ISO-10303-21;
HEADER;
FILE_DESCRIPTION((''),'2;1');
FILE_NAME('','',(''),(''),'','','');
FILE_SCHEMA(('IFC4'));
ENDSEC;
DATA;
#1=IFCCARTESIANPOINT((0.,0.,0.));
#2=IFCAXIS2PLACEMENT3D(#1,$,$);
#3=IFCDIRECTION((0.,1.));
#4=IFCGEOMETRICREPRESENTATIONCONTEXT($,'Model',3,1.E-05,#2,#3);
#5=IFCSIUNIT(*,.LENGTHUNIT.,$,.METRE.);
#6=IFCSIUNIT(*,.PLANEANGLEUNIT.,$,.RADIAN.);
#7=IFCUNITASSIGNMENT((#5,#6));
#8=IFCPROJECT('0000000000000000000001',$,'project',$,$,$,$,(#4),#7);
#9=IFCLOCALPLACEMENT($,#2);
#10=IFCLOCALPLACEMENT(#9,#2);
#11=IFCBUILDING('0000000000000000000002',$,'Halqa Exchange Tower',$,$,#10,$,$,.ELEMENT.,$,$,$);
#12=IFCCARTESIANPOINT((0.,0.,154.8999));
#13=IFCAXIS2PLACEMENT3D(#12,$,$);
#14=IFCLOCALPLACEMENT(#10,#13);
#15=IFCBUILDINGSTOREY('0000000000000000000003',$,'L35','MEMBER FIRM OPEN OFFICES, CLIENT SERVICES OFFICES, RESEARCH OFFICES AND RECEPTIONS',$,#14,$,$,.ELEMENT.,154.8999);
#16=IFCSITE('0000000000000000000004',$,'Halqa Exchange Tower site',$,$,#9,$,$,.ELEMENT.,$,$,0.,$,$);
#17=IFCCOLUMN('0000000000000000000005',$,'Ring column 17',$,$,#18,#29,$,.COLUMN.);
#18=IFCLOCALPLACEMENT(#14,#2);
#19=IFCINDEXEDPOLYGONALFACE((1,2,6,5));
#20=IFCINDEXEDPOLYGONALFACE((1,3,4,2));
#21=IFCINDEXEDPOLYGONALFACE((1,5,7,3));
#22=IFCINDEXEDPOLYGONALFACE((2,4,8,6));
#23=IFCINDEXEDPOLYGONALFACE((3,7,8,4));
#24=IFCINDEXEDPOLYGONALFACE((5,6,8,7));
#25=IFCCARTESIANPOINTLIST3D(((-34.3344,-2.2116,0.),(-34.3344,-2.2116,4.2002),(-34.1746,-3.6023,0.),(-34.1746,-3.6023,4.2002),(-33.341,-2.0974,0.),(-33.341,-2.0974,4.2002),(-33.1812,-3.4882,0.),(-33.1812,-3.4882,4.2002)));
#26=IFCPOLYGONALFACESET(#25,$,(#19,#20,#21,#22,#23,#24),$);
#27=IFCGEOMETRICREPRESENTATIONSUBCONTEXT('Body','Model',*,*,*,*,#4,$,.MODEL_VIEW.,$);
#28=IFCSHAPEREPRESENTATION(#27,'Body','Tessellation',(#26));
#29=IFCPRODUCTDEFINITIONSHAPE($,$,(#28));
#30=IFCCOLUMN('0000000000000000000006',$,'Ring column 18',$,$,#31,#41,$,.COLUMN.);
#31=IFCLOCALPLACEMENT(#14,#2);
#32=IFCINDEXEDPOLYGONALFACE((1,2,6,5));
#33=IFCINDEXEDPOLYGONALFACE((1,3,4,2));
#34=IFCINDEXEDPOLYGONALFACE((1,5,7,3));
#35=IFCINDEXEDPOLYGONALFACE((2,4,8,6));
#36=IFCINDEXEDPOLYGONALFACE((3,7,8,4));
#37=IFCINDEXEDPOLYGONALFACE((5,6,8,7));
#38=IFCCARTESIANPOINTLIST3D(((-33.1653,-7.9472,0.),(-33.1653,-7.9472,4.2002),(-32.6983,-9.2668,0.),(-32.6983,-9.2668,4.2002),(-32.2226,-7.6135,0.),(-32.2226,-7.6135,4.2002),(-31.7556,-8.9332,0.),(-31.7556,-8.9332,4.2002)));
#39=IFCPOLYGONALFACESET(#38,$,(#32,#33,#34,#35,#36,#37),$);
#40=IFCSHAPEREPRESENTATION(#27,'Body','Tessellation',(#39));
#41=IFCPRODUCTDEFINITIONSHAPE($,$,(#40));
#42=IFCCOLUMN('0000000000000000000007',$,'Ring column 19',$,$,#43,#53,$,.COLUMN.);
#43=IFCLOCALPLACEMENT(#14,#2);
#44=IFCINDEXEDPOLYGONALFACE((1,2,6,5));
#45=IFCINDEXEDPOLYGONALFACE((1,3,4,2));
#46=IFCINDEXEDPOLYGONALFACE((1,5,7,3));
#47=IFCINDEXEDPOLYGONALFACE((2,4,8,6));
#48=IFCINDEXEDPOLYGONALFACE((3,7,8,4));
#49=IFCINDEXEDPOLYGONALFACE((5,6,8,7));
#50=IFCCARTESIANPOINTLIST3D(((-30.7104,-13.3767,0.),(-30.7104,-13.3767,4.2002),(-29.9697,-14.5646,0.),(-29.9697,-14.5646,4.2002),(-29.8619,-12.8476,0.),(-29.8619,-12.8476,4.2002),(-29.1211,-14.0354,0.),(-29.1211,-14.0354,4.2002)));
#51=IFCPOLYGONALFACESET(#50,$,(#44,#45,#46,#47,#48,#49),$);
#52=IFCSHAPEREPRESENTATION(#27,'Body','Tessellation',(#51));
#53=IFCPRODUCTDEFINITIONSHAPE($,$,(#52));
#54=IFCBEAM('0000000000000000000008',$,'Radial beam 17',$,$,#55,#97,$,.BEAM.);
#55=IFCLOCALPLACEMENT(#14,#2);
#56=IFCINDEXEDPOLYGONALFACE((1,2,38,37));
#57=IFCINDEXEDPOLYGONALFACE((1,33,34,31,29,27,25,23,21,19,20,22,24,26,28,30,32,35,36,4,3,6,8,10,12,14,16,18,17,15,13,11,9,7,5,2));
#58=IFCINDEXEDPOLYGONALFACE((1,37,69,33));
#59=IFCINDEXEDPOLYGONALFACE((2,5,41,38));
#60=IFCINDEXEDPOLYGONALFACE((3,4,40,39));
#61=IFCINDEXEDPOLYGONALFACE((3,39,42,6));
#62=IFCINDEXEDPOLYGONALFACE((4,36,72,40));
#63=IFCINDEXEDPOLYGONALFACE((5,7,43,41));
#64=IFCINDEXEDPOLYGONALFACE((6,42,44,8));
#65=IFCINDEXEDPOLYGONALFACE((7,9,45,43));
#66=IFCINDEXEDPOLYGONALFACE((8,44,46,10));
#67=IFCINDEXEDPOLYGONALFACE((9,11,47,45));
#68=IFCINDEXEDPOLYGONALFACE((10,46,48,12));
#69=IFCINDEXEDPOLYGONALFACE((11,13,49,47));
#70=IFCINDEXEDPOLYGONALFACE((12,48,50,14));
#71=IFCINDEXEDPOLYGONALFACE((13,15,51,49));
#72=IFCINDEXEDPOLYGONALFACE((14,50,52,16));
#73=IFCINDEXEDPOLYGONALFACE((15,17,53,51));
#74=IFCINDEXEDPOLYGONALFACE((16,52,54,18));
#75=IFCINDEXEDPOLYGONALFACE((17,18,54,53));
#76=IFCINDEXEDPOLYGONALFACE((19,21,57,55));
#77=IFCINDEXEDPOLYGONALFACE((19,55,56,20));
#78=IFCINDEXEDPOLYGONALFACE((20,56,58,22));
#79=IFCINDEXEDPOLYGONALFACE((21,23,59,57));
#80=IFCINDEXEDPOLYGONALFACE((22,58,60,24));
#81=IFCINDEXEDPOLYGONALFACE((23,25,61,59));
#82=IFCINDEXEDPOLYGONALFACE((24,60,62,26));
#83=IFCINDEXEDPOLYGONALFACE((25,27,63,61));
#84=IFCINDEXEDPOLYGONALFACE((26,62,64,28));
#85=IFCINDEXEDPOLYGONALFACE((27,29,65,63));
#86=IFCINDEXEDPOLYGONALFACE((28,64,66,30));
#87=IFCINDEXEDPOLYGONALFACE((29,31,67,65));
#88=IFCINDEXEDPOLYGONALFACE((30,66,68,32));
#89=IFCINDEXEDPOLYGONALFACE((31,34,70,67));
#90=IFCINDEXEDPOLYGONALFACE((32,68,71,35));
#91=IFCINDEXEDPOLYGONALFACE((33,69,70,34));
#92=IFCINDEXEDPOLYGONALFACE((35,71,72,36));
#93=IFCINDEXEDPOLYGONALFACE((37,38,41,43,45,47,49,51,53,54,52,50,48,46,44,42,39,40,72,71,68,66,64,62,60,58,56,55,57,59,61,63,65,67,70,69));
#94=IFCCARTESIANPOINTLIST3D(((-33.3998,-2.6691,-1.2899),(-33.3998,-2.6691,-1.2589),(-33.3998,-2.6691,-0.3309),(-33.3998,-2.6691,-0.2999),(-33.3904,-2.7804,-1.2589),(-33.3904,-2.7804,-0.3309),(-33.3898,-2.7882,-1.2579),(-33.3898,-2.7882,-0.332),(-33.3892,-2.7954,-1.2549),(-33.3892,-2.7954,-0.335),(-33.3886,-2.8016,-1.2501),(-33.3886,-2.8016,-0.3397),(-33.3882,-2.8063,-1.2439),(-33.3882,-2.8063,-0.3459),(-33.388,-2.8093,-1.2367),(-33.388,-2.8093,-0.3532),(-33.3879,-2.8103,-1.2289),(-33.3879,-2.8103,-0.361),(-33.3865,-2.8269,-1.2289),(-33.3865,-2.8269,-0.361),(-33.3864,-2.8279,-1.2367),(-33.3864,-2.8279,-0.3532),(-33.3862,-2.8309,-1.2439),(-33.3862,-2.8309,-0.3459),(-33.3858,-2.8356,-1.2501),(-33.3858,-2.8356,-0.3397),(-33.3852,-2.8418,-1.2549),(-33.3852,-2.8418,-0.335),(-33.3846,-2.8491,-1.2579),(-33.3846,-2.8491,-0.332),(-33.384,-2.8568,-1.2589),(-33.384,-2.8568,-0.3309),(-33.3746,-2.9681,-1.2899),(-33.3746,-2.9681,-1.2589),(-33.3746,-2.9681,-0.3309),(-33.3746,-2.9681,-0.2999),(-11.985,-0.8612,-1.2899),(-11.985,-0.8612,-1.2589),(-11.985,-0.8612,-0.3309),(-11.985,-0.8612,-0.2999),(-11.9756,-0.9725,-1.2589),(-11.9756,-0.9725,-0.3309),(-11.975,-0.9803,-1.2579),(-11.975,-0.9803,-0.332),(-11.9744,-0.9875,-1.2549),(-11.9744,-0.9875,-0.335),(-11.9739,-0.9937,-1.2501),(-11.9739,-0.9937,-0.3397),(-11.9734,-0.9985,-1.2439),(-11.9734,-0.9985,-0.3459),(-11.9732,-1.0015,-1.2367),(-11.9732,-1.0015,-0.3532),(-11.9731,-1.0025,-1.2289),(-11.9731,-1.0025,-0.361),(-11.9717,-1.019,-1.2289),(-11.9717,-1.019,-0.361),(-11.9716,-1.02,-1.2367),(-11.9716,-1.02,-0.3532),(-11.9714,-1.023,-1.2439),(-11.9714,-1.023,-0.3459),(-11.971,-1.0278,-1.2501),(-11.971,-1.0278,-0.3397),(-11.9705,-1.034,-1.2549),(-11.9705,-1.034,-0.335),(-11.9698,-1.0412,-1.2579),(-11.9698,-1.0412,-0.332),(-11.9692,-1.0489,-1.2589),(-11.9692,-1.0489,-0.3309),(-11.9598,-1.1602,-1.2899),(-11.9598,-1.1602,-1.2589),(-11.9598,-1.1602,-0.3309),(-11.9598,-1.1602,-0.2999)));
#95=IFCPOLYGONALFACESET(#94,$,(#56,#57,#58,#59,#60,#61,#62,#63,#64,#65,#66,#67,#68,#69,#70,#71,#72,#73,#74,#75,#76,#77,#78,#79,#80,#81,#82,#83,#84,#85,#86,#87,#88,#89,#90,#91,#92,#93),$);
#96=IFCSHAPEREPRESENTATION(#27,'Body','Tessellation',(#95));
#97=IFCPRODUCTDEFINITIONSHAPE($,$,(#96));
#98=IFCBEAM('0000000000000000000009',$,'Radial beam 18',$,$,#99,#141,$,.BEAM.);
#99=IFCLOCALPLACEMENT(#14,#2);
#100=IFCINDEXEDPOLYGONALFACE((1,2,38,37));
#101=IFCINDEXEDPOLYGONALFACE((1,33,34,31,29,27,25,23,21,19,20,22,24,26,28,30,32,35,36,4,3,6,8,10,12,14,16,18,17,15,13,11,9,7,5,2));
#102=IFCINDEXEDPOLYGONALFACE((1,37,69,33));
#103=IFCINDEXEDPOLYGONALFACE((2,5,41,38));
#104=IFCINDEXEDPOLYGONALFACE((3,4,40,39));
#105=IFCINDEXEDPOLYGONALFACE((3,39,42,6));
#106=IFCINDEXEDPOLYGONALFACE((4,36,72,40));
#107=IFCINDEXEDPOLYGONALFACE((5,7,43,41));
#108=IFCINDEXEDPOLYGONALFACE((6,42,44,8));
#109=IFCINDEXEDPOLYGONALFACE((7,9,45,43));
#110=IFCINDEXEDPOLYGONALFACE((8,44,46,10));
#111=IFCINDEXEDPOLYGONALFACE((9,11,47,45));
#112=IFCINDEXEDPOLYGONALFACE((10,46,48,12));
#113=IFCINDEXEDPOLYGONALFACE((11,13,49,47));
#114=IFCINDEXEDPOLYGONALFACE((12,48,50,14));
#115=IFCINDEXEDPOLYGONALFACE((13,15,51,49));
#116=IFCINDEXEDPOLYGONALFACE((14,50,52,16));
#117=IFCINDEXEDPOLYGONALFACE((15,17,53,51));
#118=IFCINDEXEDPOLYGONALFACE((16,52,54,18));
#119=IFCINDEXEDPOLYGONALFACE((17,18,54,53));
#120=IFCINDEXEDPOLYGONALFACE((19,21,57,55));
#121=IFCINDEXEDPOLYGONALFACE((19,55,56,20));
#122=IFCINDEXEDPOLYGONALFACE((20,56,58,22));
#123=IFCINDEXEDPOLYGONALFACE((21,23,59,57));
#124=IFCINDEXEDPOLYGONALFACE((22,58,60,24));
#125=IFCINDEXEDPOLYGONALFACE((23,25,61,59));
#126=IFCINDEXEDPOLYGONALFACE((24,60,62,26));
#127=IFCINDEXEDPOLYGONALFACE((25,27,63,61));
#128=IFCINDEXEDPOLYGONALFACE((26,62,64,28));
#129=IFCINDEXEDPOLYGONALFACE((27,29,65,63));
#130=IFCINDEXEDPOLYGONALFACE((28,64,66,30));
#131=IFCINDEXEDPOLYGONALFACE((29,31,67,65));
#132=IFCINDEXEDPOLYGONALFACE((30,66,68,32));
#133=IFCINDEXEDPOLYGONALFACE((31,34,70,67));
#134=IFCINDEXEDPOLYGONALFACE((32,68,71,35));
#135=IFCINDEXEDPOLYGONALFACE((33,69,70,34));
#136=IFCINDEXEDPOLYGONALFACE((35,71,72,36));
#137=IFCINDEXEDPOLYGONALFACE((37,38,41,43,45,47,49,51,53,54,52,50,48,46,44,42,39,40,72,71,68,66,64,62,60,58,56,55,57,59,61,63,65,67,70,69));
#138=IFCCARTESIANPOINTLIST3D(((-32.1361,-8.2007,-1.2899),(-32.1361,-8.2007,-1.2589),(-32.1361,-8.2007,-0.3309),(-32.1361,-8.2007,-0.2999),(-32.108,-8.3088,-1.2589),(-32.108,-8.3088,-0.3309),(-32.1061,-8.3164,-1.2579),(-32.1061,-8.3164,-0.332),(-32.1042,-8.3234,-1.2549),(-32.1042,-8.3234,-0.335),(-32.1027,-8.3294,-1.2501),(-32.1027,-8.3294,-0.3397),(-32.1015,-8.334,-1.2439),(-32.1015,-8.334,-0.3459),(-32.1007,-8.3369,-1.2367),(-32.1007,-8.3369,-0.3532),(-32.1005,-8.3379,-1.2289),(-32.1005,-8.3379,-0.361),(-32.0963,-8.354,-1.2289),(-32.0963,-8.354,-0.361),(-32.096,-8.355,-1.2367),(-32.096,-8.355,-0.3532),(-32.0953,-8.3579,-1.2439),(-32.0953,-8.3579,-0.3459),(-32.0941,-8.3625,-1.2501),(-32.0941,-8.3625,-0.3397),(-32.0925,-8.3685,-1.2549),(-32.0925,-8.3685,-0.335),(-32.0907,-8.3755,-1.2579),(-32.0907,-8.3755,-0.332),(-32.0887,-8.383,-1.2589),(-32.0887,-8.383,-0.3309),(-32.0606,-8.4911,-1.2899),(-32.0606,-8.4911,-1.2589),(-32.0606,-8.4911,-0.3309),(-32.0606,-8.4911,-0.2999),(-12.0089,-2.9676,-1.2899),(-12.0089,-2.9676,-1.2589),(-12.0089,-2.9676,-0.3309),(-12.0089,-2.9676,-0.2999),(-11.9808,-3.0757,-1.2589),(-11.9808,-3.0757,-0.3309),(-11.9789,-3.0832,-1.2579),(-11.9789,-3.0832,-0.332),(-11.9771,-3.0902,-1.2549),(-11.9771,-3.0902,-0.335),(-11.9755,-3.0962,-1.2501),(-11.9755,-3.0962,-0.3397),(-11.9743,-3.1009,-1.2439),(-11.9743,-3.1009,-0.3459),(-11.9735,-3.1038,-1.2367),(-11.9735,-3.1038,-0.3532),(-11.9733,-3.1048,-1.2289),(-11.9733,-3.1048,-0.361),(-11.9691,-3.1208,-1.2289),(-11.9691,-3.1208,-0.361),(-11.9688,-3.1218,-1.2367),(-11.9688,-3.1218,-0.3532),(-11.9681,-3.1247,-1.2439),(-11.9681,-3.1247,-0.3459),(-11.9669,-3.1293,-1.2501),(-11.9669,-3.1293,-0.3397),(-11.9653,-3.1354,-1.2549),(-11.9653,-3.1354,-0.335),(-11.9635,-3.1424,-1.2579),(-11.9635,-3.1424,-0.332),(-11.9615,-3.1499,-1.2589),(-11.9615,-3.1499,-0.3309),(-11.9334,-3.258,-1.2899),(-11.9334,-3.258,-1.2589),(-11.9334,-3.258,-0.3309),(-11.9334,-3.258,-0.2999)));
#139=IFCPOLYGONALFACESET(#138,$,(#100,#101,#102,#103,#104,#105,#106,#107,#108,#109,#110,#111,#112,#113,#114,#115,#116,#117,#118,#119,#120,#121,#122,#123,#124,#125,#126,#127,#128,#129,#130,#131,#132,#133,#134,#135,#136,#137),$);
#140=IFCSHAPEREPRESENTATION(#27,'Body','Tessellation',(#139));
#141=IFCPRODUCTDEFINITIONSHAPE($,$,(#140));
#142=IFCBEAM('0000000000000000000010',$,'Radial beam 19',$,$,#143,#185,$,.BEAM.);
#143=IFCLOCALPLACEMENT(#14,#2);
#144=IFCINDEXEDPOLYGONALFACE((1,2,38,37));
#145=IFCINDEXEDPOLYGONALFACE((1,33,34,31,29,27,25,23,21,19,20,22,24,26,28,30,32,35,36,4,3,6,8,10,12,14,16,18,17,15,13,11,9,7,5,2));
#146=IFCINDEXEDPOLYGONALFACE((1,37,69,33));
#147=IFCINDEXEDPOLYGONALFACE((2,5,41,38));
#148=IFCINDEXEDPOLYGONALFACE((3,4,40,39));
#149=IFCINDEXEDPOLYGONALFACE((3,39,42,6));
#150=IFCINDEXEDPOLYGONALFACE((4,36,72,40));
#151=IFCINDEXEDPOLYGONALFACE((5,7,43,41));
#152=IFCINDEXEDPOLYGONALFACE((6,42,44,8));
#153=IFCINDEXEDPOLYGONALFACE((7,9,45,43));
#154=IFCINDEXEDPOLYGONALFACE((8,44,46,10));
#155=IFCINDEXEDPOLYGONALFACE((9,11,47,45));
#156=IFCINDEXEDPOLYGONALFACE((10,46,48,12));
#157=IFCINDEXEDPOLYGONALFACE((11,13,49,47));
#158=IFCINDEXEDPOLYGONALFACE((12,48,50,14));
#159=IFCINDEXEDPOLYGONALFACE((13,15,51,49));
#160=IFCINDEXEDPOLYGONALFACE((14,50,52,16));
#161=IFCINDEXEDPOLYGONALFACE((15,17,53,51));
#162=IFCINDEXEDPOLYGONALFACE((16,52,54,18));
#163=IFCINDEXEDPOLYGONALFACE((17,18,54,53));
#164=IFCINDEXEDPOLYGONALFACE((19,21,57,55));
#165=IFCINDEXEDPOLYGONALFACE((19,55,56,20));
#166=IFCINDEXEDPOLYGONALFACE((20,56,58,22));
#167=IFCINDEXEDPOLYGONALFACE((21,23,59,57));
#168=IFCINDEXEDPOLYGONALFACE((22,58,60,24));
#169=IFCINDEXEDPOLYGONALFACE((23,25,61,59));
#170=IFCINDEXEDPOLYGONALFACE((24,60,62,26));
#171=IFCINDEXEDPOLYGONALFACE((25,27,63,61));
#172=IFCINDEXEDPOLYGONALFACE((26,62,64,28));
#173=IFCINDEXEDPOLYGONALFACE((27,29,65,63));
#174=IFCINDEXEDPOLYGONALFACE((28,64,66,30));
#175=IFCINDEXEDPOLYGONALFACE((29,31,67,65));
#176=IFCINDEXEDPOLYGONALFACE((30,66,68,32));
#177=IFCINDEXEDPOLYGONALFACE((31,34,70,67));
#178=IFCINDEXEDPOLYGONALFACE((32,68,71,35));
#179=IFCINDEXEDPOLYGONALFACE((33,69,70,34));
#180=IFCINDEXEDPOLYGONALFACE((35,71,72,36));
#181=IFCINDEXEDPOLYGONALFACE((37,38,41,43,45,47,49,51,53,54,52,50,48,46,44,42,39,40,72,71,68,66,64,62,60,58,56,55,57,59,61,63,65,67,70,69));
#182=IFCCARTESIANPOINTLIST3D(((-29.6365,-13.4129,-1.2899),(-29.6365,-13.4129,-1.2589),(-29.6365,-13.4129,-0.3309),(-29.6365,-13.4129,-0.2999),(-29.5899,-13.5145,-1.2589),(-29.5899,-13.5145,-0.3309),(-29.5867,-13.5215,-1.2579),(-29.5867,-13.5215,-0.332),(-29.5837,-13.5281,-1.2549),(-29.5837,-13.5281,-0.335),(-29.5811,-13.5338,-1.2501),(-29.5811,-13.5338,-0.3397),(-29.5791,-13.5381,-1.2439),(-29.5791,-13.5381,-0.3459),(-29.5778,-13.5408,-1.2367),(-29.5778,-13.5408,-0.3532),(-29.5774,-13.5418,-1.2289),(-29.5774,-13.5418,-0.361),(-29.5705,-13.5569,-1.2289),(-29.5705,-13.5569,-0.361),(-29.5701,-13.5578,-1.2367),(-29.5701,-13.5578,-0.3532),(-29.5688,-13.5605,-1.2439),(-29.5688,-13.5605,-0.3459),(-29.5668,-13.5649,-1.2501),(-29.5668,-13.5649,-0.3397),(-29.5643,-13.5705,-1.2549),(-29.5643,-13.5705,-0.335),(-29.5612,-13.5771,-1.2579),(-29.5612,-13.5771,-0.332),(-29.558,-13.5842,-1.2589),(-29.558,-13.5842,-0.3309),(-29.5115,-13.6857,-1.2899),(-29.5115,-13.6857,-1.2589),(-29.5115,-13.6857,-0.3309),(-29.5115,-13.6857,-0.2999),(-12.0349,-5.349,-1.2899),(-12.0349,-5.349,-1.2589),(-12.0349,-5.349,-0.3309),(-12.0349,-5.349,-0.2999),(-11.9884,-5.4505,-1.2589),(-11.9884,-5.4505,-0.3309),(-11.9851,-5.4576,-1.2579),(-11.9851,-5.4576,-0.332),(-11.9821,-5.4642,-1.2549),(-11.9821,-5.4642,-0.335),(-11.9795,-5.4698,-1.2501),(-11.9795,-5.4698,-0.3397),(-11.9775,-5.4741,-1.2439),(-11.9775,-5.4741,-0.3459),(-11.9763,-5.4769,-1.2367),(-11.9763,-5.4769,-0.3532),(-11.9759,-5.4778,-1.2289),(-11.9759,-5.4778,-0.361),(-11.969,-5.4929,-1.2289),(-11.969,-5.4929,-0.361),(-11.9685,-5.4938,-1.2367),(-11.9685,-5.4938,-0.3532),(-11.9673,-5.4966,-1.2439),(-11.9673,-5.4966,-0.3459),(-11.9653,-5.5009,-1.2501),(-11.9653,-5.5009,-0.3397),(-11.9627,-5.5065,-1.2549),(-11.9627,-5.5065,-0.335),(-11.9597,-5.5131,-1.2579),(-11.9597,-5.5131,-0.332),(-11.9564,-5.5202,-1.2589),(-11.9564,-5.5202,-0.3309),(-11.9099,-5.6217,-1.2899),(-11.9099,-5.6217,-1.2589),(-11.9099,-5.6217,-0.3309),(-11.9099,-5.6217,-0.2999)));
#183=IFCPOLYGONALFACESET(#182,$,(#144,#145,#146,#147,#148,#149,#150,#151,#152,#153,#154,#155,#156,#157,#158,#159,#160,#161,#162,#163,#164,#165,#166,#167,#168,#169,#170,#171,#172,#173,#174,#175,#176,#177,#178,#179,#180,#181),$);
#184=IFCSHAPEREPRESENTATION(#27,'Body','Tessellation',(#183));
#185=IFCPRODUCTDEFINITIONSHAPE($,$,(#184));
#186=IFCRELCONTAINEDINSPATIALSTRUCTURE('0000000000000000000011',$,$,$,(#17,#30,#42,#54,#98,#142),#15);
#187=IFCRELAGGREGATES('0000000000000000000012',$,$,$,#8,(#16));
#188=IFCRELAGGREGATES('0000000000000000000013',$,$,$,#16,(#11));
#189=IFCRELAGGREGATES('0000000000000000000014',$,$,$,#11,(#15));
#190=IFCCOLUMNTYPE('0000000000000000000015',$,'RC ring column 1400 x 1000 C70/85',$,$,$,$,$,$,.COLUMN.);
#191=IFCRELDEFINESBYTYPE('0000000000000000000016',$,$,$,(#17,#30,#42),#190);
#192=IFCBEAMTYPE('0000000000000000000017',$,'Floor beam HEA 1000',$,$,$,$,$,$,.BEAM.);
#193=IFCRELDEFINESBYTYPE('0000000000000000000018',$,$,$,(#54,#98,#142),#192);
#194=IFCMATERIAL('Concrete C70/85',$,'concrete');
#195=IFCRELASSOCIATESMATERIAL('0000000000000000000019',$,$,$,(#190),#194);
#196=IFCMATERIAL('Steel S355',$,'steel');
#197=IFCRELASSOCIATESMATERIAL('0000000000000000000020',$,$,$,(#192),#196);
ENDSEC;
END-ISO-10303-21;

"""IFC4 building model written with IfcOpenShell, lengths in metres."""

from ifc_helpers import new_model, si_unit, direction, frame, origin, origin_2d, place, context, subcontext, project, spatial, rectangle, i_section, extrude, material, material_profile, profile_set, type_object, element, save


model = new_model("IFC4")

# Units and contexts
model_context = context("Model", 3, precision=1e-05, world=origin(), true_north=direction((0.0, 1.0)))
body_context = subcontext(model_context, "Body", "Model", "MODEL_VIEW")
ifc_project = project(units=[si_unit("LENGTHUNIT", "METRE"), si_unit("PLANEANGLEUNIT", "RADIAN")], contexts=[model_context])

# Site, building, storey
site_placement = place(None, origin())
site = spatial("IfcSite", under=ifc_project, at=site_placement, Name="Halqa Exchange Tower site", CompositionType="ELEMENT", RefElevation=0.0)
building_placement = place(site_placement, origin())
building = spatial("IfcBuilding", under=site, at=building_placement, Name="Halqa Exchange Tower", CompositionType="ELEMENT")
storey_placement = place(building_placement, frame((0.0, 0.0, 154.8999)))
storey = spatial("IfcBuildingStorey", under=building, at=storey_placement, Name="L35", Description="MEMBER FIRM OPEN OFFICES, CLIENT SERVICES OFFICES, RESEARCH OFFICES AND RECEPTIONS", CompositionType="ELEMENT", Elevation=154.8999)

# Columns
ifc_material_1 = material(Name="Concrete C70/85", Category="concrete")
ifc_material_profile_1 = material_profile(ifc_material_1, rectangle(XDim=1.3999, YDim=1.0, at=origin_2d()), Name="1400 x 1000")
ifc_profile_set_1 = profile_set([ifc_material_profile_1], Name="Concrete C70/85")
column_type = type_object("IfcColumnType", Name="RC ring column 1400 x 1000 C70/85", PredefinedType="COLUMN", material=ifc_profile_set_1)
for number, where, z_axis, x_axis, name in (
    (1, (-33.7578, -2.8499, 0.0), (0.0, 0.0, 1.0), (0.114155, -0.993463, 0.0), "Ring column 17"),
    (2, (-32.4604, -8.4402, 0.0), (0.0, 0.0, 1.0), (0.333634, -0.942703, 0.0), "Ring column 18"),
    (3, (-29.9158, -13.7061, 0.0), (0.0, 0.0, 1.0), (0.529143, -0.848532, 0.0), "Ring column 19"),
):
    element("IfcColumn", number, at=place(storey_placement, frame(where, z_axis=z_axis, x_axis=x_axis)), inside=storey, type_object=column_type, Name=name, PredefinedType="COLUMN", context=body_context, shape_type="SweptSolid", body=[
        extrude(rectangle(XDim=1.3999, YDim=1.0, at=origin_2d()), origin(), (0.0, 0.0, 1.0), 4.2002),
    ])

# Beams
ifc_material_2 = material(Name="Steel S355", Category="steel")
ifc_material_profile_2 = material_profile(ifc_material_2, i_section(OverallWidth=0.3, OverallDepth=0.99, WebThickness=0.0166, FlangeThickness=0.031, FilletRadius=0.03, at=origin_2d()), Name="HEA 1000")
ifc_profile_set_2 = profile_set([ifc_material_profile_2], Name="Steel S355")
beam_type_1 = type_object("IfcBeamType", Name="Floor beam HEA 1000", PredefinedType="BEAM", material=ifc_profile_set_2)
beam_1_placement = place(storey_placement, frame((-11.9724, -1.0107, -0.7949), z_axis=(-0.996455, -0.084122, 0.0), x_axis=(0.084122, -0.996455, 0.0)))
element("IfcBeam", 4, at=beam_1_placement, inside=storey, type_object=beam_type_1, Name="Radial beam 17", PredefinedType="BEAM", context=body_context, shape_type="SweptSolid", body=[
    extrude(i_section(OverallWidth=0.3, OverallDepth=0.99, WebThickness=0.0166, FlangeThickness=0.031, FilletRadius=0.03, at=origin_2d()), origin(), (0.0, 0.0, 1.0), 21.491),
])
beam_2_placement = place(storey_placement, frame((-11.9712, -3.1128, -0.7949), z_axis=(-0.967822, -0.251638, 0.0), x_axis=(0.251638, -0.967822, 0.0)))
element("IfcBeam", 5, at=beam_2_placement, inside=storey, type_object=beam_type_1, Name="Radial beam 18", PredefinedType="BEAM", context=body_context, shape_type="SweptSolid", body=[
    extrude(i_section(OverallWidth=0.3, OverallDepth=0.99, WebThickness=0.0166, FlangeThickness=0.031, FilletRadius=0.03, at=origin_2d()), origin(), (0.0, 0.0, 1.0), 20.7964),
])
beam_3_placement = place(storey_placement, frame((-11.9724, -5.4854, -0.7949), z_axis=(-0.909132, -0.416509, 0.0), x_axis=(0.416509, -0.909132, 0.0)))
element("IfcBeam", 6, at=beam_3_placement, inside=storey, type_object=beam_type_1, Name="Radial beam 19", PredefinedType="BEAM", context=body_context, shape_type="SweptSolid", body=[
    extrude(i_section(OverallWidth=0.3, OverallDepth=0.99, WebThickness=0.0166, FlangeThickness=0.031, FilletRadius=0.03, at=origin_2d()), origin(), (0.0, 0.0, 1.0), 19.3608),
])

save(model, "model.ifc")
